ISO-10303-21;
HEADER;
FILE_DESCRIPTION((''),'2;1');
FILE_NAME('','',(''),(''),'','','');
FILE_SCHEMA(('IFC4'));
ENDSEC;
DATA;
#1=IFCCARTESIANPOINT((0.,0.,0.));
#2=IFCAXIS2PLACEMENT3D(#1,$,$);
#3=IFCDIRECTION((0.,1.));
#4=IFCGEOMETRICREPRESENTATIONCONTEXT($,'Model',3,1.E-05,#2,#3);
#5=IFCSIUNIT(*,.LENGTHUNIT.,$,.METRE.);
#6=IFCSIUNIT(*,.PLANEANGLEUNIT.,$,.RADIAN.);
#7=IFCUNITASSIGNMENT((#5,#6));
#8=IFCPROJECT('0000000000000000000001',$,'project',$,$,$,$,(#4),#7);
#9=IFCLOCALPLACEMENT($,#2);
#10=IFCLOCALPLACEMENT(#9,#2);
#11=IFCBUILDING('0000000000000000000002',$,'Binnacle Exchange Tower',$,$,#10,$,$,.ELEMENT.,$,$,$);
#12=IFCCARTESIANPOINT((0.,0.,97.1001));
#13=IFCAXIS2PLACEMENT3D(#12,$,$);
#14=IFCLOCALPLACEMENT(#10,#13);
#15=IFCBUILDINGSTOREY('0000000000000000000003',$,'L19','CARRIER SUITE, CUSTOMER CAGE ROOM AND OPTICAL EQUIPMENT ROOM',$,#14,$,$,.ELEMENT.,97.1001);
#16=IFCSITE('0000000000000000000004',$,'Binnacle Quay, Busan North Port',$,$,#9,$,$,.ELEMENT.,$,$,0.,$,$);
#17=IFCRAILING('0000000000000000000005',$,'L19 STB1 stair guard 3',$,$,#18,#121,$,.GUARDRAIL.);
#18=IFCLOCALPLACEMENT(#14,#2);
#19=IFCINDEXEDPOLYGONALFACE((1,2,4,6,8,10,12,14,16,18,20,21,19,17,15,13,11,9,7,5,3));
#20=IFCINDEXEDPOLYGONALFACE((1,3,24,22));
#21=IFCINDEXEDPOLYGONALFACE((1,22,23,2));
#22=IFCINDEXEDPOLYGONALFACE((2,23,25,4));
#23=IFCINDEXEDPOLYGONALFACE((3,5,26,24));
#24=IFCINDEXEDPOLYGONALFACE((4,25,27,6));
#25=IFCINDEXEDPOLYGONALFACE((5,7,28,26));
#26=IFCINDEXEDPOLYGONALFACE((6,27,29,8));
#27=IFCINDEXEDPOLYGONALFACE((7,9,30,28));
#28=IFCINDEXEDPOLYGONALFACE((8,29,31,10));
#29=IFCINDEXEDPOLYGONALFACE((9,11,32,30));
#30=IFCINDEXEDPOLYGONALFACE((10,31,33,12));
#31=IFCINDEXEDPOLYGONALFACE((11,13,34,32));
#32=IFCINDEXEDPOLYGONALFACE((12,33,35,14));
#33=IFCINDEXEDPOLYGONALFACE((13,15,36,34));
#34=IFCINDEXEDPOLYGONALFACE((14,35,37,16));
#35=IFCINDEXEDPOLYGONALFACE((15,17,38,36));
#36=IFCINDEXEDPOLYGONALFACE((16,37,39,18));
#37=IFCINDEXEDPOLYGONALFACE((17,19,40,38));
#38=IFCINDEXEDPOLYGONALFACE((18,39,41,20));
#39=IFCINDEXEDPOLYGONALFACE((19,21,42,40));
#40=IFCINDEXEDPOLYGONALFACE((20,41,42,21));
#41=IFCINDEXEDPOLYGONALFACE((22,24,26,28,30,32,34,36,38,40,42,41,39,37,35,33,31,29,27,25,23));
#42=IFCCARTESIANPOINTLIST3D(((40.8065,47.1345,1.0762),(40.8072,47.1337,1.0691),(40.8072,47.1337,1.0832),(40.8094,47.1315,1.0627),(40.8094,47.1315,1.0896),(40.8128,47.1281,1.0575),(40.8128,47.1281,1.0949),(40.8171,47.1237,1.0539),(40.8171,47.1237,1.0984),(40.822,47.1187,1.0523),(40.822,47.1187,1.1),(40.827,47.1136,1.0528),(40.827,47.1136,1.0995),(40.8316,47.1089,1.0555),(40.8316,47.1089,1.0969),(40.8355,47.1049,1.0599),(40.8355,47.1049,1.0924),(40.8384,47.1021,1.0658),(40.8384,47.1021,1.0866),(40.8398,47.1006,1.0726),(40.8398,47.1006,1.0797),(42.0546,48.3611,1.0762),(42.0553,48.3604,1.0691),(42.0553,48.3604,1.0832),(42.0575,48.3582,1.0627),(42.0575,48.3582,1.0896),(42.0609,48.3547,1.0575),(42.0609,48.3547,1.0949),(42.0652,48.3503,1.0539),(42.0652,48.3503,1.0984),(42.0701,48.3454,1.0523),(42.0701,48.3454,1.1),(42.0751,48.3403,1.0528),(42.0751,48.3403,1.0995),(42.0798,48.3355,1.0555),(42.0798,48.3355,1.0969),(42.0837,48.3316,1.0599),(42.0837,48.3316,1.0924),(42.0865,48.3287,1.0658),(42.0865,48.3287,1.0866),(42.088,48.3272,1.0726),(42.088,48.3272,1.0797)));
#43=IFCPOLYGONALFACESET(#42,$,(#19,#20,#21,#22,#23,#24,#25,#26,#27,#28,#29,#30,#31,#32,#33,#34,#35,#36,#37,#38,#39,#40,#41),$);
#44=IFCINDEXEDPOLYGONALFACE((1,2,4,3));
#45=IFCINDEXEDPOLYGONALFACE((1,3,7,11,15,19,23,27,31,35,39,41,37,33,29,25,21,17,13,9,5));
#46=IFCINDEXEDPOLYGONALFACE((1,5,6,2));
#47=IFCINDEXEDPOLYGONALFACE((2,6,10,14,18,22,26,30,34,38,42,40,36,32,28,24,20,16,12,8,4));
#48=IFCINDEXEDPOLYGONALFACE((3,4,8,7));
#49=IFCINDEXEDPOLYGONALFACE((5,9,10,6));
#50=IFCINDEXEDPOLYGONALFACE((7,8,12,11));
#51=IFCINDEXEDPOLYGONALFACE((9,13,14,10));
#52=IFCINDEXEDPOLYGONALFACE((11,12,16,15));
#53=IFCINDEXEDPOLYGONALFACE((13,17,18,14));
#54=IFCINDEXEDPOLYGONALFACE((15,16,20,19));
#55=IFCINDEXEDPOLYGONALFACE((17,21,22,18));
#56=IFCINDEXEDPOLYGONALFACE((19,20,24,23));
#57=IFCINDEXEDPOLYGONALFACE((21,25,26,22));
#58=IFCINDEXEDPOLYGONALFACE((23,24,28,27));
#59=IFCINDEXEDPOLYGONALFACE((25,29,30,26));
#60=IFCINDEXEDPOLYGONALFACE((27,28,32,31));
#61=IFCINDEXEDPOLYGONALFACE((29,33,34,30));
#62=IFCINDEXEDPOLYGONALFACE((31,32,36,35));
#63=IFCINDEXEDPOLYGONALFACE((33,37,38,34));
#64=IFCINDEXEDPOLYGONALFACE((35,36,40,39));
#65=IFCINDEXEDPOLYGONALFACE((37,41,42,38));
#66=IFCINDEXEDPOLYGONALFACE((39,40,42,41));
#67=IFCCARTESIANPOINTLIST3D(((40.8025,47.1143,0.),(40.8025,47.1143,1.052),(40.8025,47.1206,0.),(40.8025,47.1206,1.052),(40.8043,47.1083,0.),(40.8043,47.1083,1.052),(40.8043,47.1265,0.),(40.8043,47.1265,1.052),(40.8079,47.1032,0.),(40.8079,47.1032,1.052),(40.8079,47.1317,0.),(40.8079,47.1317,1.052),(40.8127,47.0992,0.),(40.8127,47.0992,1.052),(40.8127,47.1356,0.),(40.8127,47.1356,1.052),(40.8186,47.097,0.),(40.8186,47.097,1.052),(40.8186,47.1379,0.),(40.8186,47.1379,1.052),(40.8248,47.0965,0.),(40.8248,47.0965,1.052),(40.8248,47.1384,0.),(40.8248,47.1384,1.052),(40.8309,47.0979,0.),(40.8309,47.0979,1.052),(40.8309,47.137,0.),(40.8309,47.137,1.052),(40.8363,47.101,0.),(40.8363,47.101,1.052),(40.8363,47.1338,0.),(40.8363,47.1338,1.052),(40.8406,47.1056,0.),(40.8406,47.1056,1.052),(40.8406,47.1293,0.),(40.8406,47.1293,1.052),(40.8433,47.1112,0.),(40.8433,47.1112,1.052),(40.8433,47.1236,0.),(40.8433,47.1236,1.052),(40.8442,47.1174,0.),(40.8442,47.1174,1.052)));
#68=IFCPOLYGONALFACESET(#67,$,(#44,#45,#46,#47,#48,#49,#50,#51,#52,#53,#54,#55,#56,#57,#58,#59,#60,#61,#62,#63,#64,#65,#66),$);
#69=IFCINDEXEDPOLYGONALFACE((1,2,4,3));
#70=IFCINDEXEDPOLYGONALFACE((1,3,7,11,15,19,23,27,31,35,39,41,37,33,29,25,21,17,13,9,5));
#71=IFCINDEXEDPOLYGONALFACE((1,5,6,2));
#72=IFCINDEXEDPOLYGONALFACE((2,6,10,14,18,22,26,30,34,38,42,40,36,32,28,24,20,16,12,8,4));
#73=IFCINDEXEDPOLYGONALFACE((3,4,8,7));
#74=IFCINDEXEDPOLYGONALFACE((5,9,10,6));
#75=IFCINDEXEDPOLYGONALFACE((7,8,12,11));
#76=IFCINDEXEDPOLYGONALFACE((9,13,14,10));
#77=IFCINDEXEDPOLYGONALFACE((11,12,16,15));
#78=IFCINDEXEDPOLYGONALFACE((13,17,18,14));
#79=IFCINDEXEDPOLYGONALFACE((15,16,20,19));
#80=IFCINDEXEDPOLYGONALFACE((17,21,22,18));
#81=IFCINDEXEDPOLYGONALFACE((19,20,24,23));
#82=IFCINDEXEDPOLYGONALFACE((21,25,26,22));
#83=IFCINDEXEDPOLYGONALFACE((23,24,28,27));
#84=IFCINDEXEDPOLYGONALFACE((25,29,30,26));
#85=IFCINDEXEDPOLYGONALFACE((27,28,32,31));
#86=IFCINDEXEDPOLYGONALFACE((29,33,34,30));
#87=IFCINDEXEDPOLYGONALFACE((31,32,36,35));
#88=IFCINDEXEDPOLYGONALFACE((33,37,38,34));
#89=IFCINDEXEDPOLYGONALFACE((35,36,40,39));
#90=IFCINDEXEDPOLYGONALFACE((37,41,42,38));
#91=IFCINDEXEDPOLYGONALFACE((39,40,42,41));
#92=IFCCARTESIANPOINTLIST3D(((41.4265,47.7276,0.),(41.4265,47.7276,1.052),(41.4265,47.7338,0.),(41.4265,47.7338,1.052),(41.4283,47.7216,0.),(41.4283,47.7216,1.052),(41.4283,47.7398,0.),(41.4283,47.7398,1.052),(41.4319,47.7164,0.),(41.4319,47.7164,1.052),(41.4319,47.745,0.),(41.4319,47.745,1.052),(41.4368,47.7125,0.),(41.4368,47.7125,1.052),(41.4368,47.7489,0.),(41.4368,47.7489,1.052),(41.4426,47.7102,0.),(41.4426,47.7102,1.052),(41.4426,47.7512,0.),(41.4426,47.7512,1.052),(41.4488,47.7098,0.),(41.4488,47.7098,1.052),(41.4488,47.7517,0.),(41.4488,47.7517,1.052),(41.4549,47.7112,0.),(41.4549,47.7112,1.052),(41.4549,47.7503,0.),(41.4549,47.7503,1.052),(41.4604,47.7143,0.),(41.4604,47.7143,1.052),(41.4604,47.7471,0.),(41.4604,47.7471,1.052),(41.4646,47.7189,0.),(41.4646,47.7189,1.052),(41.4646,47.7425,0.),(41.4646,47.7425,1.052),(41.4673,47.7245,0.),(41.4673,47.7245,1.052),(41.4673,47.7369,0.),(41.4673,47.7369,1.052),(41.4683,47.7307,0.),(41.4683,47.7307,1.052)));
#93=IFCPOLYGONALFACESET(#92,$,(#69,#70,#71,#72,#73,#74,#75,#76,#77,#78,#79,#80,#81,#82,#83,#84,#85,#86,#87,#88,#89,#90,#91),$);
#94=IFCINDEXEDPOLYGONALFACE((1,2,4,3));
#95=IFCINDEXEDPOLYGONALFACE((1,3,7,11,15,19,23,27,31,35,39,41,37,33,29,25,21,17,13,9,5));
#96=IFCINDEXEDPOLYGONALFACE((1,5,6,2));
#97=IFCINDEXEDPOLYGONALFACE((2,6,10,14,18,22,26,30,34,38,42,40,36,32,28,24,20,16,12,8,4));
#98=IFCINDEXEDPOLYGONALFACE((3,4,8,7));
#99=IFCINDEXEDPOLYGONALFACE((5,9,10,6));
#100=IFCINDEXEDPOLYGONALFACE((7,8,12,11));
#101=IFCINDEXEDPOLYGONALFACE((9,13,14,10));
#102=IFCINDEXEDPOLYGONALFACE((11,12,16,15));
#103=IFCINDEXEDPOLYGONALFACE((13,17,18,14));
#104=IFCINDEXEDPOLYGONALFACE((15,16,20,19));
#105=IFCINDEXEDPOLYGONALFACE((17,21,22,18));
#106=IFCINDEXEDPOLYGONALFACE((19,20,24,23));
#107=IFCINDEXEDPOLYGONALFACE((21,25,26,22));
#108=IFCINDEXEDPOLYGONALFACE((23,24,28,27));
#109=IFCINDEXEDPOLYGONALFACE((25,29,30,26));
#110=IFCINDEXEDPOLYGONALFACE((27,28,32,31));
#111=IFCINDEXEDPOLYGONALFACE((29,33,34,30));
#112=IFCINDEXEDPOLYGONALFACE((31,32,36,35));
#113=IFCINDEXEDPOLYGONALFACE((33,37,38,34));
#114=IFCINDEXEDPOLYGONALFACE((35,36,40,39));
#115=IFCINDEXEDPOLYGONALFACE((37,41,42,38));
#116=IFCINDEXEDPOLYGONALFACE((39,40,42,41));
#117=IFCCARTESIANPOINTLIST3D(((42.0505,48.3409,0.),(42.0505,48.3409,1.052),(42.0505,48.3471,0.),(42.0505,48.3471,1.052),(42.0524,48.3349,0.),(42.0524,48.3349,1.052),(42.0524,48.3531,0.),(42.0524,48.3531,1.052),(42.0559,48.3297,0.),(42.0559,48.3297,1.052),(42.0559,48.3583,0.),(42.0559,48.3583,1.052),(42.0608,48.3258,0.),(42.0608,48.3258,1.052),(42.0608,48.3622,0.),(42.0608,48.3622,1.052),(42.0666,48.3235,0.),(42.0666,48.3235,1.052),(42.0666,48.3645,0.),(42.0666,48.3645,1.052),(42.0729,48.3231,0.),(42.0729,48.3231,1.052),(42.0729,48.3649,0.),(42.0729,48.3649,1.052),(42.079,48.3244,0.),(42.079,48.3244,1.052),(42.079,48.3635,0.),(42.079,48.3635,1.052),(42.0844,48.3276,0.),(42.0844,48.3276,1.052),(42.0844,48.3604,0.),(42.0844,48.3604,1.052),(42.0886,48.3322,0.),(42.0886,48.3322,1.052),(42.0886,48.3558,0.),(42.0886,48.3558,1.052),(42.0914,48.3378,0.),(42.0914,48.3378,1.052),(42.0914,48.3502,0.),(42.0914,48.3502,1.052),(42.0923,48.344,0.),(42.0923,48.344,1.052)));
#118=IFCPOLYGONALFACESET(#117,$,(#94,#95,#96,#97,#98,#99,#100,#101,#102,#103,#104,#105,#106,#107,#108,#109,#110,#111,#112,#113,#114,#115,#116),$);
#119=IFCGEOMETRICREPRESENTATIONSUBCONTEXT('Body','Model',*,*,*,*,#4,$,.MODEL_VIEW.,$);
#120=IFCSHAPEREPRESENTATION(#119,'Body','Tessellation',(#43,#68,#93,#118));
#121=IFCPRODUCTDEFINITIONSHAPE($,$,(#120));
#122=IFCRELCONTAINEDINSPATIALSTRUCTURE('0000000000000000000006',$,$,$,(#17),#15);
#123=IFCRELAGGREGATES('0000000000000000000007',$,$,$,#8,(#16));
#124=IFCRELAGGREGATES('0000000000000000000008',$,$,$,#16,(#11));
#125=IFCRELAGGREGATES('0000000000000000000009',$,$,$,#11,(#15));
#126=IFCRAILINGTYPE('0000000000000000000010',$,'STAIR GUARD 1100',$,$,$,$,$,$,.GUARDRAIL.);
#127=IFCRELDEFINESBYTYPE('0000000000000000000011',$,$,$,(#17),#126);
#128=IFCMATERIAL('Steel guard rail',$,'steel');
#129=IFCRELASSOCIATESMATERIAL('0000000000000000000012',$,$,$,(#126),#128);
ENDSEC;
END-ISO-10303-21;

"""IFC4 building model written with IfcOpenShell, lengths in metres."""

from ifc_helpers import new_model, si_unit, direction, frame, origin, origin_2d, place, context, subcontext, project, spatial, circle, extrude, material, type_object, element, save


model = new_model("IFC4")

# Units and contexts
model_context = context("Model", 3, precision=1e-05, world=origin(), true_north=direction((0.0, 1.0)))
body_context = subcontext(model_context, "Body", "Model", "MODEL_VIEW")
ifc_project = project(units=[si_unit("LENGTHUNIT", "METRE"), si_unit("PLANEANGLEUNIT", "RADIAN")], contexts=[model_context])

# Site, building, storey
site_placement = place(None, origin())
site = spatial("IfcSite", under=ifc_project, at=site_placement, Name="Binnacle Quay, Busan North Port", CompositionType="ELEMENT", RefElevation=0.0)
building_placement = place(site_placement, origin())
building = spatial("IfcBuilding", under=site, at=building_placement, Name="Binnacle Exchange Tower", CompositionType="ELEMENT")
storey_placement = place(building_placement, frame((0.0, 0.0, 97.1001)))
storey = spatial("IfcBuildingStorey", under=building, at=storey_placement, Name="L19", Description="CARRIER SUITE, CUSTOMER CAGE ROOM AND OPTICAL EQUIPMENT ROOM", CompositionType="ELEMENT", Elevation=97.1001)

# Railing
ifc_material_1 = material(Name="Steel guard rail", Category="steel")
railing_type_1 = type_object("IfcRailingType", Name="STAIR GUARD 1100", PredefinedType="GUARDRAIL", material=ifc_material_1)
railing_1_placement = place(storey_placement, frame((40.8232, 47.1174, 0.0)))
element("IfcRailing", 1, at=railing_1_placement, inside=storey, type_object=railing_type_1, Name="L19 STB1 stair guard 3", PredefinedType="GUARDRAIL", context=body_context, shape_type="SweptSolid", body=[
    extrude(circle(Radius=0.0239, at=origin_2d()), frame((0.0, 0.0, 1.0762), z_axis=(0.713219, 0.700941, 0.0), x_axis=(-0.700941, 0.713219, 0.0)), (0.0, 0.0, 1.0), 1.75),
    extrude(circle(Radius=0.021, at=origin_2d()), origin(), (0.0, 0.0, 1.0), 1.052),
    extrude(circle(Radius=0.021, at=origin_2d()), frame((0.624, 0.6133, 0.0)), (0.0, 0.0, 1.0), 1.052),
    extrude(circle(Radius=0.021, at=origin_2d()), frame((1.248, 1.2266, 0.0)), (0.0, 0.0, 1.0), 1.052),
])

save(model, "model.ifc")
